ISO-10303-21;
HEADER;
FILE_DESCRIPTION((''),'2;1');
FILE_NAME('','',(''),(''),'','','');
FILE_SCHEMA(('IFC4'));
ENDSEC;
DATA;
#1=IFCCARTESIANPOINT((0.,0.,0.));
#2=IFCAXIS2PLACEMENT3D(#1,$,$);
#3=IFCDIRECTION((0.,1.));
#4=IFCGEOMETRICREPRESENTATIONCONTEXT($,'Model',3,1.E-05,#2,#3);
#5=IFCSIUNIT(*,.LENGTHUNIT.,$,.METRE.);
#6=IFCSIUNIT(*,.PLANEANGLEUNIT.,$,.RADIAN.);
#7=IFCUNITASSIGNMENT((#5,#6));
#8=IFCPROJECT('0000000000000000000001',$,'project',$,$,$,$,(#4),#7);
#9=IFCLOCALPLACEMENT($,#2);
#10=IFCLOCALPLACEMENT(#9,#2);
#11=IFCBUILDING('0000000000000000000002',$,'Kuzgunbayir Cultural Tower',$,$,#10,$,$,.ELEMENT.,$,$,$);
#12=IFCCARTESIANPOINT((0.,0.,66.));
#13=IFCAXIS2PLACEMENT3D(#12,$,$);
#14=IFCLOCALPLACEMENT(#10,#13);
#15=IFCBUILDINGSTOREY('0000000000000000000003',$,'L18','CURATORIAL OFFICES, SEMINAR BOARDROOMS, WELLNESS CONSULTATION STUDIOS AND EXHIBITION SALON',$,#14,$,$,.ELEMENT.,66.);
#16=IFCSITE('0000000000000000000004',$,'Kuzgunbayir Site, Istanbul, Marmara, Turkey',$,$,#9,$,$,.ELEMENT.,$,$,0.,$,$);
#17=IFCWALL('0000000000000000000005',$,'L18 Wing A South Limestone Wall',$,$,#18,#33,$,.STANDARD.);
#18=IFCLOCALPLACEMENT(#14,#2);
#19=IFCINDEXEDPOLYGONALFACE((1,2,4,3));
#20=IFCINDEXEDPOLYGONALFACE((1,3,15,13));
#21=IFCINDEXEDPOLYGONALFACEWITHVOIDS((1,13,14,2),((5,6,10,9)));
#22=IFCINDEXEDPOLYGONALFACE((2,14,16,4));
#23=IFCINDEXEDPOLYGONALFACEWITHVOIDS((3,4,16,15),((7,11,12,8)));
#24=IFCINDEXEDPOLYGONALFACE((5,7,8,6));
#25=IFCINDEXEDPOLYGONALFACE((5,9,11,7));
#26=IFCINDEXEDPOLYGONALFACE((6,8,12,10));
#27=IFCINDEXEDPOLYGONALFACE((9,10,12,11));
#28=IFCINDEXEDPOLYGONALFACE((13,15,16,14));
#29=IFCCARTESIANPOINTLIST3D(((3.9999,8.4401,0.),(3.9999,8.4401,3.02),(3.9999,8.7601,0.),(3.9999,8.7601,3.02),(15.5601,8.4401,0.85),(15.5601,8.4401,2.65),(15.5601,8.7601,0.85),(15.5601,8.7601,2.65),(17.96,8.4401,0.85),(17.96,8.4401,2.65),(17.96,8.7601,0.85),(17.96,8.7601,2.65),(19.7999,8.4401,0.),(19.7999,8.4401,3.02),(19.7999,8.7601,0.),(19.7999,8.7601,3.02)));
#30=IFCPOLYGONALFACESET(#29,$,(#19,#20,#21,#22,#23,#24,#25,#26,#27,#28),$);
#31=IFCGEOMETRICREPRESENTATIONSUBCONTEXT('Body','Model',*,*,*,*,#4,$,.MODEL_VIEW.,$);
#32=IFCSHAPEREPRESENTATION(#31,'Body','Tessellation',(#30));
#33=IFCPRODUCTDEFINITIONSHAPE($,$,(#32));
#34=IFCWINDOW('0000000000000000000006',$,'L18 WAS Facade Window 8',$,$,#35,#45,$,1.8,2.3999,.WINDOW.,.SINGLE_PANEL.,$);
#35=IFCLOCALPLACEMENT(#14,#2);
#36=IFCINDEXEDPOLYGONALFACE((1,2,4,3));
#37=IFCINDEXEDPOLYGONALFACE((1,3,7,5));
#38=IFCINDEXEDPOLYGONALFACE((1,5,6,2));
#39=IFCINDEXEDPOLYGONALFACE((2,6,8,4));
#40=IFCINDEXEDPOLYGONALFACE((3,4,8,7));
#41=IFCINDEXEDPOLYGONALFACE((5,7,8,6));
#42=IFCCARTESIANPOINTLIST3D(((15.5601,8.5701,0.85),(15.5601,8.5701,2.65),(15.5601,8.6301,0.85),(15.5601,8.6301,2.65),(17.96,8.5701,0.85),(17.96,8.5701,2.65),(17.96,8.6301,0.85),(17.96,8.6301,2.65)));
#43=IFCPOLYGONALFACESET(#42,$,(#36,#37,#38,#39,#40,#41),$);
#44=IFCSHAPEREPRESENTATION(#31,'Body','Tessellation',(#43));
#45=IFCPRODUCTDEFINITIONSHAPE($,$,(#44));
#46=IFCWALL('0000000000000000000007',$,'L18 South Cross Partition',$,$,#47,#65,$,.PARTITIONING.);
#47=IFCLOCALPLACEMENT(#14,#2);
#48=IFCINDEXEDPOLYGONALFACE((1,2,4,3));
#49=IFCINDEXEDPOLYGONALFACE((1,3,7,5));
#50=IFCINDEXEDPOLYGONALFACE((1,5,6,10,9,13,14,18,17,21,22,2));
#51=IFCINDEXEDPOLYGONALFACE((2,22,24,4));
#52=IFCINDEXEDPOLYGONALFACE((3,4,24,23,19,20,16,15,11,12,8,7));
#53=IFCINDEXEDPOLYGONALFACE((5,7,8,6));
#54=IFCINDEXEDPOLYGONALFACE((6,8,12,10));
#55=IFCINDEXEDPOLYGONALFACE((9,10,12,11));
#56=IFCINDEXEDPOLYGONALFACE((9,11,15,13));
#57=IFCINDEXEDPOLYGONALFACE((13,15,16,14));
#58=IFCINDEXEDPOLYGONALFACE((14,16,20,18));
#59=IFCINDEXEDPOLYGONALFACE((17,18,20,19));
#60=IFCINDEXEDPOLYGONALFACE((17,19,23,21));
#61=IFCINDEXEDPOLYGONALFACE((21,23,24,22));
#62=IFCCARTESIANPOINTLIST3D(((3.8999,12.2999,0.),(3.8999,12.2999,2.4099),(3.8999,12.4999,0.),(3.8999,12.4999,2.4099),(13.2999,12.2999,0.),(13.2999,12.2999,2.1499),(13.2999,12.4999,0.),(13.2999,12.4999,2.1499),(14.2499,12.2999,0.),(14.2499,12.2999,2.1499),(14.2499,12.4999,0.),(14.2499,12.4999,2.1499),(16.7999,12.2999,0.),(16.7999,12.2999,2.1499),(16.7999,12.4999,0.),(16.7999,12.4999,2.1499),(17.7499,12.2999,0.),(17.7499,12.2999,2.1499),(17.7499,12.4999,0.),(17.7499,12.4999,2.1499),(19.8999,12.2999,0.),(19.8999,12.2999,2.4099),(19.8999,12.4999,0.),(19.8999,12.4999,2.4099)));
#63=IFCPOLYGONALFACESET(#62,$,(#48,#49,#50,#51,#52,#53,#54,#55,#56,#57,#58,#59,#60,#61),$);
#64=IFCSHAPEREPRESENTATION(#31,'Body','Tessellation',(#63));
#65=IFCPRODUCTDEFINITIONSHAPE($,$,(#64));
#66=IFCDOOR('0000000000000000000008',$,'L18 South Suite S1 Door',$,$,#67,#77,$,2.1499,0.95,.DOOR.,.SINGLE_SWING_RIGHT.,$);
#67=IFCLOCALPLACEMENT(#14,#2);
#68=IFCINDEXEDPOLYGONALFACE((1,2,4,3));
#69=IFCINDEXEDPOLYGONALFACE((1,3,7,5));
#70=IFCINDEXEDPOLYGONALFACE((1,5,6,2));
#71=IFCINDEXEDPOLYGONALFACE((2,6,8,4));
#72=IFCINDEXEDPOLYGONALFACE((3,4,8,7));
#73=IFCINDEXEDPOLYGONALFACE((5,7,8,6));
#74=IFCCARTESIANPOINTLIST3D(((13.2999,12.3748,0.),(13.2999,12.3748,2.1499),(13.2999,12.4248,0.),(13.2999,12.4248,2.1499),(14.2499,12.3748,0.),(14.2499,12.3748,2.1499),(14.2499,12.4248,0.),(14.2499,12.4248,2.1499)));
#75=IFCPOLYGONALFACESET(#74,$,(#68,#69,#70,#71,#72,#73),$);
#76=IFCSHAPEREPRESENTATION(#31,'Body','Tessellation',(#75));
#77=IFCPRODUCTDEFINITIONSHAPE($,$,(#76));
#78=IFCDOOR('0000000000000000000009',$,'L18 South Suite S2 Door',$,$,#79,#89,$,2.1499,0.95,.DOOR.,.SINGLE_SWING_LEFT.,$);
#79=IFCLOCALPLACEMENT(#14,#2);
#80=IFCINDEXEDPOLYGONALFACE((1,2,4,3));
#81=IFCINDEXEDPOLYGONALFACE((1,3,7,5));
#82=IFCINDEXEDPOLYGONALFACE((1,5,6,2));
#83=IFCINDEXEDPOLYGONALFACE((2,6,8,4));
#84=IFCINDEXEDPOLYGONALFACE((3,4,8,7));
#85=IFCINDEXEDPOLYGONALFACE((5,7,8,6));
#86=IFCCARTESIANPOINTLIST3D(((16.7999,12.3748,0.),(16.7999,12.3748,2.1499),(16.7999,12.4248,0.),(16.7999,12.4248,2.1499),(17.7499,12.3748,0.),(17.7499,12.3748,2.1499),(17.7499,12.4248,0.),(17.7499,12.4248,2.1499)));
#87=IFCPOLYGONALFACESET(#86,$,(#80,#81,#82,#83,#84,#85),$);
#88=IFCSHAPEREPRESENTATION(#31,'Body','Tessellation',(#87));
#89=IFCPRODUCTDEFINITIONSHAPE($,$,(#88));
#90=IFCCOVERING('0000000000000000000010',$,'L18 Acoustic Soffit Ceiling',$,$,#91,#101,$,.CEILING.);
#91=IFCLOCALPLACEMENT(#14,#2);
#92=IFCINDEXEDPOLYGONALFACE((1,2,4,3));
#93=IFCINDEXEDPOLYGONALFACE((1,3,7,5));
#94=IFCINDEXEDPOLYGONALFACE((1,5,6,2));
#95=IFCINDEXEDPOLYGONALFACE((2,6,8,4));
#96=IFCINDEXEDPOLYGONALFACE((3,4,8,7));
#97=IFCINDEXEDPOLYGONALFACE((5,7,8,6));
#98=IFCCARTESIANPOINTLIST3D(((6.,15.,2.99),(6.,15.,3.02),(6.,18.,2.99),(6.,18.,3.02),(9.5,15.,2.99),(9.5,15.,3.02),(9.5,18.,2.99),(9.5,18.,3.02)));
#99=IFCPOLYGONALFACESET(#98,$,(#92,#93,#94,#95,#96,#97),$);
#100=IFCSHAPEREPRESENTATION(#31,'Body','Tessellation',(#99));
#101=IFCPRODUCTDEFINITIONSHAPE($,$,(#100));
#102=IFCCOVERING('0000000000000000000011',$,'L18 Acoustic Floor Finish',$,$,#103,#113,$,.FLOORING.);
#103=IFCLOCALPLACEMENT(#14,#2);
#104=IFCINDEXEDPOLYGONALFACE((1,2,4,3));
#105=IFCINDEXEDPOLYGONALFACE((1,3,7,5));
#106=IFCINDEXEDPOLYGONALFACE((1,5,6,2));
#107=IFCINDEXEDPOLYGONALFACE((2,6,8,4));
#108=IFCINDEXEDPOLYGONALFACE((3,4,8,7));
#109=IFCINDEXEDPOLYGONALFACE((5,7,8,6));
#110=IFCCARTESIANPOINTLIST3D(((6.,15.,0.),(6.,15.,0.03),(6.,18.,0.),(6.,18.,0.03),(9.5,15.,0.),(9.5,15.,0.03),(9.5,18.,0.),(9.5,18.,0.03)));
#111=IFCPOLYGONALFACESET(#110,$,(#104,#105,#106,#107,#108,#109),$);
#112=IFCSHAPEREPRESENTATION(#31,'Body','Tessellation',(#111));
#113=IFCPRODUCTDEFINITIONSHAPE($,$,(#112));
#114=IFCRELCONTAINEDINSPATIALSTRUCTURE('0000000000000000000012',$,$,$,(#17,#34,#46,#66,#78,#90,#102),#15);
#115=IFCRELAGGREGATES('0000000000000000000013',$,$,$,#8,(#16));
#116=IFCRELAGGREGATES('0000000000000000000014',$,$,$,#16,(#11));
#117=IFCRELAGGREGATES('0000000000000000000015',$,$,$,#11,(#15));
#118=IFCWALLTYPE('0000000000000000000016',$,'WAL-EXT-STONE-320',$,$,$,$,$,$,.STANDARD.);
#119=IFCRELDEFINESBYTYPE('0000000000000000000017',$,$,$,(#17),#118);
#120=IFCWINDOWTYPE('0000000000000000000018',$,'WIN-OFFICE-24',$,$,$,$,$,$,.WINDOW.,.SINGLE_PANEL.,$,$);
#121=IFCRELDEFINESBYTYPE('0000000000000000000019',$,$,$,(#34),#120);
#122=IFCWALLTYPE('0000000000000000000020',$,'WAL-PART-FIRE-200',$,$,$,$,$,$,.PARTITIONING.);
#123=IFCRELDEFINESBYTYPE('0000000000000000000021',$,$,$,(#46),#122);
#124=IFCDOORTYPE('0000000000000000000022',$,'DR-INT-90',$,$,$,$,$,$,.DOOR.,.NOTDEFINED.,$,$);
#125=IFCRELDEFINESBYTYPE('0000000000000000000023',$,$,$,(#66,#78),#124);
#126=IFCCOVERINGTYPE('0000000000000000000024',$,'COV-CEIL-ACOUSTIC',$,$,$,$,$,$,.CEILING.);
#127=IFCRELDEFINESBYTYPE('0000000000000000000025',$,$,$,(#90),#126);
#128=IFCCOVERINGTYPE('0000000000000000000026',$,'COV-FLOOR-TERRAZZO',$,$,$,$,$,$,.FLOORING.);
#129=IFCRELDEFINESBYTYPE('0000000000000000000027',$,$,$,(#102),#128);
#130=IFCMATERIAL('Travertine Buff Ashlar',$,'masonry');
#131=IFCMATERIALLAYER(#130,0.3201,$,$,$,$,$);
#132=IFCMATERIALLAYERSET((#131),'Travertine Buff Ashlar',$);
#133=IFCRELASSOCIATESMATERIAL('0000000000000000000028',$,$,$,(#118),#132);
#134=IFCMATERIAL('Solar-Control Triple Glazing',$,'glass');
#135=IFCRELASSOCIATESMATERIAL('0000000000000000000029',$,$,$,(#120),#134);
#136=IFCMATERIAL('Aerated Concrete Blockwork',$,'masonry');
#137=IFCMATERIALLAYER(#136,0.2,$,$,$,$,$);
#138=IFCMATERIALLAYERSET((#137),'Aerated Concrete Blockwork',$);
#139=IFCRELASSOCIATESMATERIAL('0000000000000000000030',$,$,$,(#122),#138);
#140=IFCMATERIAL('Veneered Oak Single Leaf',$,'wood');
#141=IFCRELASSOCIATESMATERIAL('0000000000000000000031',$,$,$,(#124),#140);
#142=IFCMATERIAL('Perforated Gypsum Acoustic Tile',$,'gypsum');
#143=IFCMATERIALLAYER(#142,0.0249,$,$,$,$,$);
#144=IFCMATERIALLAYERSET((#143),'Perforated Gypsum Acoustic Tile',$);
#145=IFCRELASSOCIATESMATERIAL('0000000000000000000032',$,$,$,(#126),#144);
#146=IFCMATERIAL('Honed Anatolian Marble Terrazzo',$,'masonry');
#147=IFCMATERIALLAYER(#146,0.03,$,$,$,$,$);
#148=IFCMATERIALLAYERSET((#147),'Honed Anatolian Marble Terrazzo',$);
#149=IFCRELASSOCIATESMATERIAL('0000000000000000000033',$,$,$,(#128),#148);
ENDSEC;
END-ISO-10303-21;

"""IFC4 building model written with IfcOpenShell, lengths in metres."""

from ifc_helpers import new_model, si_unit, direction, frame, frame_2d, origin, place, context, subcontext, project, spatial, polyline, rectangle, outline, extrude, material, layer, layer_set, type_object, element, fill, save


model = new_model("IFC4")

# Units and contexts
model_context = context("Model", 3, precision=1e-05, world=origin(), true_north=direction((0.0, 1.0)))
body_context = subcontext(model_context, "Body", "Model", "MODEL_VIEW")
ifc_project = project(units=[si_unit("LENGTHUNIT", "METRE"), si_unit("PLANEANGLEUNIT", "RADIAN")], contexts=[model_context])

# Site, building, storey
site_placement = place(None, origin())
site = spatial("IfcSite", under=ifc_project, at=site_placement, Name="Kuzgunbayir Site, Istanbul, Marmara, Turkey", CompositionType="ELEMENT", RefElevation=0.0)
building_placement = place(site_placement, origin())
building = spatial("IfcBuilding", under=site, at=building_placement, Name="Kuzgunbayir Cultural Tower", CompositionType="ELEMENT")
storey_placement = place(building_placement, frame((0.0, 0.0, 66.0)))
storey = spatial("IfcBuildingStorey", under=building, at=storey_placement, Name="L18", Description="CURATORIAL OFFICES, SEMINAR BOARDROOMS, WELLNESS CONSULTATION STUDIOS AND EXHIBITION SALON", CompositionType="ELEMENT", Elevation=66.0)

# Wall, opening, window
ifc_material_1 = material(Name="Travertine Buff Ashlar", Category="masonry")
ifc_layer_1 = layer(ifc_material_1, 0.3201)
ifc_layer_set_1 = layer_set([ifc_layer_1], Name="Travertine Buff Ashlar")
wall_type_1 = type_object("IfcWallType", Name="WAL-EXT-STONE-320", PredefinedType="STANDARD", material=ifc_layer_set_1)
wall_1_placement = place(storey_placement, frame((4.0, 8.6001, 0.0), z_axis=(0.0, 0.0, 1.0), x_axis=(1.0, 0.0, 0.0)))
wall_1 = element("IfcWall", 1, at=wall_1_placement, inside=storey, type_object=wall_type_1, Name="L18 Wing A South Limestone Wall", PredefinedType="STANDARD", context=body_context, shape_type="SweptSolid", body=[
    extrude(rectangle(XDim=15.8, YDim=0.3201, at=frame_2d((7.8999, 0.0))), origin(), (0.0, 0.0, 1.0), 3.02),
])
opening_1_placement = place(wall_1_placement, frame((11.5601, 0.0, 0.8501)))
opening_1 = element("IfcOpeningElement", 2, at=opening_1_placement, cuts=wall_1, PredefinedType="OPENING", context=body_context, shape_type="SweptSolid", body=[
    extrude(rectangle(XDim=2.3999, YDim=1.8, at=frame_2d((1.2, 0.8999))), frame((0.0, 0.1699, 0.0), z_axis=(0.0, -1.0, 0.0), x_axis=(1.0, 0.0, 0.0)), (0.0, 0.0, 1.0), 0.3401),
])
ifc_material_2 = material(Name="Solar-Control Triple Glazing", Category="glass")
window_type = type_object("IfcWindowType", Name="WIN-OFFICE-24", PartitioningType="SINGLE_PANEL", PredefinedType="WINDOW", material=ifc_material_2)
window_placement = place(opening_1_placement, origin())
window = element("IfcWindow", 3, at=window_placement, inside=storey, type_object=window_type, Name="L18 WAS Facade Window 8", OverallHeight=1.8, OverallWidth=2.3999, PartitioningType="SINGLE_PANEL", PredefinedType="WINDOW", context=body_context, shape_type="SweptSolid", body=[
    extrude(rectangle(XDim=2.3999, YDim=1.8, at=frame_2d((1.2, 0.8999))), frame((0.0, 0.03, 0.0), z_axis=(0.0, -1.0, 0.0), x_axis=(1.0, 0.0, 0.0)), (0.0, 0.0, 1.0), 0.0601),
])
fill(opening_1, window)

# Wall, openings, doors
ifc_material_3 = material(Name="Aerated Concrete Blockwork", Category="masonry")
ifc_layer_2 = layer(ifc_material_3, 0.2)
ifc_layer_set_2 = layer_set([ifc_layer_2], Name="Aerated Concrete Blockwork")
wall_type_2 = type_object("IfcWallType", Name="WAL-PART-FIRE-200", PredefinedType="PARTITIONING", material=ifc_layer_set_2)
wall_2_placement = place(storey_placement, frame((3.8999, 12.3999, 0.0), z_axis=(0.0, 0.0, 1.0), x_axis=(1.0, 0.0, 0.0)))
wall_2 = element("IfcWall", 4, at=wall_2_placement, inside=storey, type_object=wall_type_2, Name="L18 South Cross Partition", PredefinedType="PARTITIONING", context=body_context, shape_type="SweptSolid", body=[
    extrude(rectangle(XDim=16.0, YDim=0.2, at=frame_2d((8.0, 0.0))), origin(), (0.0, 0.0, 1.0), 2.4099),
])
opening_2_placement = place(wall_2_placement, frame((9.3999, 0.0, 0.0)))
opening_2 = element("IfcOpeningElement", 5, at=opening_2_placement, cuts=wall_2, PredefinedType="OPENING", context=body_context, shape_type="SweptSolid", body=[
    extrude(rectangle(XDim=0.95, YDim=2.1499, at=frame_2d((0.4751, 1.075))), frame((0.0, 0.1099, 0.0), z_axis=(0.0, -1.0, 0.0), x_axis=(1.0, 0.0, 0.0)), (0.0, 0.0, 1.0), 0.22),
])
opening_3_placement = place(wall_2_placement, frame((12.8999, 0.0, 0.0)))
opening_3 = element("IfcOpeningElement", 6, at=opening_3_placement, cuts=wall_2, PredefinedType="OPENING", context=body_context, shape_type="SweptSolid", body=[
    extrude(rectangle(XDim=0.95, YDim=2.1499, at=frame_2d((0.4751, 1.075))), frame((0.0, 0.1099, 0.0), z_axis=(0.0, -1.0, 0.0), x_axis=(1.0, 0.0, 0.0)), (0.0, 0.0, 1.0), 0.22),
])
ifc_material_4 = material(Name="Veneered Oak Single Leaf", Category="wood")
door_type = type_object("IfcDoorType", Name="DR-INT-90", OperationType="NOTDEFINED", PredefinedType="DOOR", material=ifc_material_4)
door_1_placement = place(opening_2_placement, origin())
door_1 = element("IfcDoor", 7, at=door_1_placement, inside=storey, type_object=door_type, Name="L18 South Suite S1 Door", OperationType="SINGLE_SWING_RIGHT", OverallHeight=2.1499, OverallWidth=0.95, PredefinedType="DOOR", context=body_context, shape_type="SweptSolid", body=[
    extrude(rectangle(XDim=0.95, YDim=2.1499, at=frame_2d((0.4751, 1.075))), frame((0.0, 0.0249, 0.0), z_axis=(0.0, -1.0, 0.0), x_axis=(1.0, 0.0, 0.0)), (0.0, 0.0, 1.0), 0.05),
])
fill(opening_2, door_1)
door_2_placement = place(opening_3_placement, origin())
door_2 = element("IfcDoor", 8, at=door_2_placement, inside=storey, type_object=door_type, Name="L18 South Suite S2 Door", OperationType="SINGLE_SWING_LEFT", OverallHeight=2.1499, OverallWidth=0.95, PredefinedType="DOOR", context=body_context, shape_type="SweptSolid", body=[
    extrude(rectangle(XDim=0.95, YDim=2.1499, at=frame_2d((0.4751, 1.075))), frame((0.0, 0.0249, 0.0), z_axis=(0.0, -1.0, 0.0), x_axis=(1.0, 0.0, 0.0)), (0.0, 0.0, 1.0), 0.05),
])
fill(opening_3, door_2)

# Coverings
ifc_material_5 = material(Name="Perforated Gypsum Acoustic Tile", Category="gypsum")
ifc_layer_3 = layer(ifc_material_5, 0.0249)
ifc_layer_set_3 = layer_set([ifc_layer_3], Name="Perforated Gypsum Acoustic Tile")
covering_type_1 = type_object("IfcCoveringType", Name="COV-CEIL-ACOUSTIC", PredefinedType="CEILING", material=ifc_layer_set_3)
covering_1_placement = place(storey_placement, frame((0.0, 0.0, 2.99)))
element("IfcCovering", 9, at=covering_1_placement, inside=storey, type_object=covering_type_1, Name="L18 Acoustic Soffit Ceiling", PredefinedType="CEILING", context=body_context, shape_type="SweptSolid", body=[
    extrude(outline(polyline([(6.0, 15.0), (9.5, 15.0), (9.5, 18.0), (6.0, 18.0), (6.0, 15.0)])), origin(), (0.0, 0.0, 1.0), 0.03),
])
ifc_material_6 = material(Name="Honed Anatolian Marble Terrazzo", Category="masonry")
ifc_layer_4 = layer(ifc_material_6, 0.03)
ifc_layer_set_4 = layer_set([ifc_layer_4], Name="Honed Anatolian Marble Terrazzo")
covering_type_2 = type_object("IfcCoveringType", Name="COV-FLOOR-TERRAZZO", PredefinedType="FLOORING", material=ifc_layer_set_4)
covering_2_placement = place(storey_placement, origin())
element("IfcCovering", 10, at=covering_2_placement, inside=storey, type_object=covering_type_2, Name="L18 Acoustic Floor Finish", PredefinedType="FLOORING", context=body_context, shape_type="SweptSolid", body=[
    extrude(outline(polyline([(6.0, 15.0), (9.5, 15.0), (9.5, 18.0), (6.0, 18.0), (6.0, 15.0)])), origin(), (0.0, 0.0, 1.0), 0.03),
])

save(model, "model.ifc")
